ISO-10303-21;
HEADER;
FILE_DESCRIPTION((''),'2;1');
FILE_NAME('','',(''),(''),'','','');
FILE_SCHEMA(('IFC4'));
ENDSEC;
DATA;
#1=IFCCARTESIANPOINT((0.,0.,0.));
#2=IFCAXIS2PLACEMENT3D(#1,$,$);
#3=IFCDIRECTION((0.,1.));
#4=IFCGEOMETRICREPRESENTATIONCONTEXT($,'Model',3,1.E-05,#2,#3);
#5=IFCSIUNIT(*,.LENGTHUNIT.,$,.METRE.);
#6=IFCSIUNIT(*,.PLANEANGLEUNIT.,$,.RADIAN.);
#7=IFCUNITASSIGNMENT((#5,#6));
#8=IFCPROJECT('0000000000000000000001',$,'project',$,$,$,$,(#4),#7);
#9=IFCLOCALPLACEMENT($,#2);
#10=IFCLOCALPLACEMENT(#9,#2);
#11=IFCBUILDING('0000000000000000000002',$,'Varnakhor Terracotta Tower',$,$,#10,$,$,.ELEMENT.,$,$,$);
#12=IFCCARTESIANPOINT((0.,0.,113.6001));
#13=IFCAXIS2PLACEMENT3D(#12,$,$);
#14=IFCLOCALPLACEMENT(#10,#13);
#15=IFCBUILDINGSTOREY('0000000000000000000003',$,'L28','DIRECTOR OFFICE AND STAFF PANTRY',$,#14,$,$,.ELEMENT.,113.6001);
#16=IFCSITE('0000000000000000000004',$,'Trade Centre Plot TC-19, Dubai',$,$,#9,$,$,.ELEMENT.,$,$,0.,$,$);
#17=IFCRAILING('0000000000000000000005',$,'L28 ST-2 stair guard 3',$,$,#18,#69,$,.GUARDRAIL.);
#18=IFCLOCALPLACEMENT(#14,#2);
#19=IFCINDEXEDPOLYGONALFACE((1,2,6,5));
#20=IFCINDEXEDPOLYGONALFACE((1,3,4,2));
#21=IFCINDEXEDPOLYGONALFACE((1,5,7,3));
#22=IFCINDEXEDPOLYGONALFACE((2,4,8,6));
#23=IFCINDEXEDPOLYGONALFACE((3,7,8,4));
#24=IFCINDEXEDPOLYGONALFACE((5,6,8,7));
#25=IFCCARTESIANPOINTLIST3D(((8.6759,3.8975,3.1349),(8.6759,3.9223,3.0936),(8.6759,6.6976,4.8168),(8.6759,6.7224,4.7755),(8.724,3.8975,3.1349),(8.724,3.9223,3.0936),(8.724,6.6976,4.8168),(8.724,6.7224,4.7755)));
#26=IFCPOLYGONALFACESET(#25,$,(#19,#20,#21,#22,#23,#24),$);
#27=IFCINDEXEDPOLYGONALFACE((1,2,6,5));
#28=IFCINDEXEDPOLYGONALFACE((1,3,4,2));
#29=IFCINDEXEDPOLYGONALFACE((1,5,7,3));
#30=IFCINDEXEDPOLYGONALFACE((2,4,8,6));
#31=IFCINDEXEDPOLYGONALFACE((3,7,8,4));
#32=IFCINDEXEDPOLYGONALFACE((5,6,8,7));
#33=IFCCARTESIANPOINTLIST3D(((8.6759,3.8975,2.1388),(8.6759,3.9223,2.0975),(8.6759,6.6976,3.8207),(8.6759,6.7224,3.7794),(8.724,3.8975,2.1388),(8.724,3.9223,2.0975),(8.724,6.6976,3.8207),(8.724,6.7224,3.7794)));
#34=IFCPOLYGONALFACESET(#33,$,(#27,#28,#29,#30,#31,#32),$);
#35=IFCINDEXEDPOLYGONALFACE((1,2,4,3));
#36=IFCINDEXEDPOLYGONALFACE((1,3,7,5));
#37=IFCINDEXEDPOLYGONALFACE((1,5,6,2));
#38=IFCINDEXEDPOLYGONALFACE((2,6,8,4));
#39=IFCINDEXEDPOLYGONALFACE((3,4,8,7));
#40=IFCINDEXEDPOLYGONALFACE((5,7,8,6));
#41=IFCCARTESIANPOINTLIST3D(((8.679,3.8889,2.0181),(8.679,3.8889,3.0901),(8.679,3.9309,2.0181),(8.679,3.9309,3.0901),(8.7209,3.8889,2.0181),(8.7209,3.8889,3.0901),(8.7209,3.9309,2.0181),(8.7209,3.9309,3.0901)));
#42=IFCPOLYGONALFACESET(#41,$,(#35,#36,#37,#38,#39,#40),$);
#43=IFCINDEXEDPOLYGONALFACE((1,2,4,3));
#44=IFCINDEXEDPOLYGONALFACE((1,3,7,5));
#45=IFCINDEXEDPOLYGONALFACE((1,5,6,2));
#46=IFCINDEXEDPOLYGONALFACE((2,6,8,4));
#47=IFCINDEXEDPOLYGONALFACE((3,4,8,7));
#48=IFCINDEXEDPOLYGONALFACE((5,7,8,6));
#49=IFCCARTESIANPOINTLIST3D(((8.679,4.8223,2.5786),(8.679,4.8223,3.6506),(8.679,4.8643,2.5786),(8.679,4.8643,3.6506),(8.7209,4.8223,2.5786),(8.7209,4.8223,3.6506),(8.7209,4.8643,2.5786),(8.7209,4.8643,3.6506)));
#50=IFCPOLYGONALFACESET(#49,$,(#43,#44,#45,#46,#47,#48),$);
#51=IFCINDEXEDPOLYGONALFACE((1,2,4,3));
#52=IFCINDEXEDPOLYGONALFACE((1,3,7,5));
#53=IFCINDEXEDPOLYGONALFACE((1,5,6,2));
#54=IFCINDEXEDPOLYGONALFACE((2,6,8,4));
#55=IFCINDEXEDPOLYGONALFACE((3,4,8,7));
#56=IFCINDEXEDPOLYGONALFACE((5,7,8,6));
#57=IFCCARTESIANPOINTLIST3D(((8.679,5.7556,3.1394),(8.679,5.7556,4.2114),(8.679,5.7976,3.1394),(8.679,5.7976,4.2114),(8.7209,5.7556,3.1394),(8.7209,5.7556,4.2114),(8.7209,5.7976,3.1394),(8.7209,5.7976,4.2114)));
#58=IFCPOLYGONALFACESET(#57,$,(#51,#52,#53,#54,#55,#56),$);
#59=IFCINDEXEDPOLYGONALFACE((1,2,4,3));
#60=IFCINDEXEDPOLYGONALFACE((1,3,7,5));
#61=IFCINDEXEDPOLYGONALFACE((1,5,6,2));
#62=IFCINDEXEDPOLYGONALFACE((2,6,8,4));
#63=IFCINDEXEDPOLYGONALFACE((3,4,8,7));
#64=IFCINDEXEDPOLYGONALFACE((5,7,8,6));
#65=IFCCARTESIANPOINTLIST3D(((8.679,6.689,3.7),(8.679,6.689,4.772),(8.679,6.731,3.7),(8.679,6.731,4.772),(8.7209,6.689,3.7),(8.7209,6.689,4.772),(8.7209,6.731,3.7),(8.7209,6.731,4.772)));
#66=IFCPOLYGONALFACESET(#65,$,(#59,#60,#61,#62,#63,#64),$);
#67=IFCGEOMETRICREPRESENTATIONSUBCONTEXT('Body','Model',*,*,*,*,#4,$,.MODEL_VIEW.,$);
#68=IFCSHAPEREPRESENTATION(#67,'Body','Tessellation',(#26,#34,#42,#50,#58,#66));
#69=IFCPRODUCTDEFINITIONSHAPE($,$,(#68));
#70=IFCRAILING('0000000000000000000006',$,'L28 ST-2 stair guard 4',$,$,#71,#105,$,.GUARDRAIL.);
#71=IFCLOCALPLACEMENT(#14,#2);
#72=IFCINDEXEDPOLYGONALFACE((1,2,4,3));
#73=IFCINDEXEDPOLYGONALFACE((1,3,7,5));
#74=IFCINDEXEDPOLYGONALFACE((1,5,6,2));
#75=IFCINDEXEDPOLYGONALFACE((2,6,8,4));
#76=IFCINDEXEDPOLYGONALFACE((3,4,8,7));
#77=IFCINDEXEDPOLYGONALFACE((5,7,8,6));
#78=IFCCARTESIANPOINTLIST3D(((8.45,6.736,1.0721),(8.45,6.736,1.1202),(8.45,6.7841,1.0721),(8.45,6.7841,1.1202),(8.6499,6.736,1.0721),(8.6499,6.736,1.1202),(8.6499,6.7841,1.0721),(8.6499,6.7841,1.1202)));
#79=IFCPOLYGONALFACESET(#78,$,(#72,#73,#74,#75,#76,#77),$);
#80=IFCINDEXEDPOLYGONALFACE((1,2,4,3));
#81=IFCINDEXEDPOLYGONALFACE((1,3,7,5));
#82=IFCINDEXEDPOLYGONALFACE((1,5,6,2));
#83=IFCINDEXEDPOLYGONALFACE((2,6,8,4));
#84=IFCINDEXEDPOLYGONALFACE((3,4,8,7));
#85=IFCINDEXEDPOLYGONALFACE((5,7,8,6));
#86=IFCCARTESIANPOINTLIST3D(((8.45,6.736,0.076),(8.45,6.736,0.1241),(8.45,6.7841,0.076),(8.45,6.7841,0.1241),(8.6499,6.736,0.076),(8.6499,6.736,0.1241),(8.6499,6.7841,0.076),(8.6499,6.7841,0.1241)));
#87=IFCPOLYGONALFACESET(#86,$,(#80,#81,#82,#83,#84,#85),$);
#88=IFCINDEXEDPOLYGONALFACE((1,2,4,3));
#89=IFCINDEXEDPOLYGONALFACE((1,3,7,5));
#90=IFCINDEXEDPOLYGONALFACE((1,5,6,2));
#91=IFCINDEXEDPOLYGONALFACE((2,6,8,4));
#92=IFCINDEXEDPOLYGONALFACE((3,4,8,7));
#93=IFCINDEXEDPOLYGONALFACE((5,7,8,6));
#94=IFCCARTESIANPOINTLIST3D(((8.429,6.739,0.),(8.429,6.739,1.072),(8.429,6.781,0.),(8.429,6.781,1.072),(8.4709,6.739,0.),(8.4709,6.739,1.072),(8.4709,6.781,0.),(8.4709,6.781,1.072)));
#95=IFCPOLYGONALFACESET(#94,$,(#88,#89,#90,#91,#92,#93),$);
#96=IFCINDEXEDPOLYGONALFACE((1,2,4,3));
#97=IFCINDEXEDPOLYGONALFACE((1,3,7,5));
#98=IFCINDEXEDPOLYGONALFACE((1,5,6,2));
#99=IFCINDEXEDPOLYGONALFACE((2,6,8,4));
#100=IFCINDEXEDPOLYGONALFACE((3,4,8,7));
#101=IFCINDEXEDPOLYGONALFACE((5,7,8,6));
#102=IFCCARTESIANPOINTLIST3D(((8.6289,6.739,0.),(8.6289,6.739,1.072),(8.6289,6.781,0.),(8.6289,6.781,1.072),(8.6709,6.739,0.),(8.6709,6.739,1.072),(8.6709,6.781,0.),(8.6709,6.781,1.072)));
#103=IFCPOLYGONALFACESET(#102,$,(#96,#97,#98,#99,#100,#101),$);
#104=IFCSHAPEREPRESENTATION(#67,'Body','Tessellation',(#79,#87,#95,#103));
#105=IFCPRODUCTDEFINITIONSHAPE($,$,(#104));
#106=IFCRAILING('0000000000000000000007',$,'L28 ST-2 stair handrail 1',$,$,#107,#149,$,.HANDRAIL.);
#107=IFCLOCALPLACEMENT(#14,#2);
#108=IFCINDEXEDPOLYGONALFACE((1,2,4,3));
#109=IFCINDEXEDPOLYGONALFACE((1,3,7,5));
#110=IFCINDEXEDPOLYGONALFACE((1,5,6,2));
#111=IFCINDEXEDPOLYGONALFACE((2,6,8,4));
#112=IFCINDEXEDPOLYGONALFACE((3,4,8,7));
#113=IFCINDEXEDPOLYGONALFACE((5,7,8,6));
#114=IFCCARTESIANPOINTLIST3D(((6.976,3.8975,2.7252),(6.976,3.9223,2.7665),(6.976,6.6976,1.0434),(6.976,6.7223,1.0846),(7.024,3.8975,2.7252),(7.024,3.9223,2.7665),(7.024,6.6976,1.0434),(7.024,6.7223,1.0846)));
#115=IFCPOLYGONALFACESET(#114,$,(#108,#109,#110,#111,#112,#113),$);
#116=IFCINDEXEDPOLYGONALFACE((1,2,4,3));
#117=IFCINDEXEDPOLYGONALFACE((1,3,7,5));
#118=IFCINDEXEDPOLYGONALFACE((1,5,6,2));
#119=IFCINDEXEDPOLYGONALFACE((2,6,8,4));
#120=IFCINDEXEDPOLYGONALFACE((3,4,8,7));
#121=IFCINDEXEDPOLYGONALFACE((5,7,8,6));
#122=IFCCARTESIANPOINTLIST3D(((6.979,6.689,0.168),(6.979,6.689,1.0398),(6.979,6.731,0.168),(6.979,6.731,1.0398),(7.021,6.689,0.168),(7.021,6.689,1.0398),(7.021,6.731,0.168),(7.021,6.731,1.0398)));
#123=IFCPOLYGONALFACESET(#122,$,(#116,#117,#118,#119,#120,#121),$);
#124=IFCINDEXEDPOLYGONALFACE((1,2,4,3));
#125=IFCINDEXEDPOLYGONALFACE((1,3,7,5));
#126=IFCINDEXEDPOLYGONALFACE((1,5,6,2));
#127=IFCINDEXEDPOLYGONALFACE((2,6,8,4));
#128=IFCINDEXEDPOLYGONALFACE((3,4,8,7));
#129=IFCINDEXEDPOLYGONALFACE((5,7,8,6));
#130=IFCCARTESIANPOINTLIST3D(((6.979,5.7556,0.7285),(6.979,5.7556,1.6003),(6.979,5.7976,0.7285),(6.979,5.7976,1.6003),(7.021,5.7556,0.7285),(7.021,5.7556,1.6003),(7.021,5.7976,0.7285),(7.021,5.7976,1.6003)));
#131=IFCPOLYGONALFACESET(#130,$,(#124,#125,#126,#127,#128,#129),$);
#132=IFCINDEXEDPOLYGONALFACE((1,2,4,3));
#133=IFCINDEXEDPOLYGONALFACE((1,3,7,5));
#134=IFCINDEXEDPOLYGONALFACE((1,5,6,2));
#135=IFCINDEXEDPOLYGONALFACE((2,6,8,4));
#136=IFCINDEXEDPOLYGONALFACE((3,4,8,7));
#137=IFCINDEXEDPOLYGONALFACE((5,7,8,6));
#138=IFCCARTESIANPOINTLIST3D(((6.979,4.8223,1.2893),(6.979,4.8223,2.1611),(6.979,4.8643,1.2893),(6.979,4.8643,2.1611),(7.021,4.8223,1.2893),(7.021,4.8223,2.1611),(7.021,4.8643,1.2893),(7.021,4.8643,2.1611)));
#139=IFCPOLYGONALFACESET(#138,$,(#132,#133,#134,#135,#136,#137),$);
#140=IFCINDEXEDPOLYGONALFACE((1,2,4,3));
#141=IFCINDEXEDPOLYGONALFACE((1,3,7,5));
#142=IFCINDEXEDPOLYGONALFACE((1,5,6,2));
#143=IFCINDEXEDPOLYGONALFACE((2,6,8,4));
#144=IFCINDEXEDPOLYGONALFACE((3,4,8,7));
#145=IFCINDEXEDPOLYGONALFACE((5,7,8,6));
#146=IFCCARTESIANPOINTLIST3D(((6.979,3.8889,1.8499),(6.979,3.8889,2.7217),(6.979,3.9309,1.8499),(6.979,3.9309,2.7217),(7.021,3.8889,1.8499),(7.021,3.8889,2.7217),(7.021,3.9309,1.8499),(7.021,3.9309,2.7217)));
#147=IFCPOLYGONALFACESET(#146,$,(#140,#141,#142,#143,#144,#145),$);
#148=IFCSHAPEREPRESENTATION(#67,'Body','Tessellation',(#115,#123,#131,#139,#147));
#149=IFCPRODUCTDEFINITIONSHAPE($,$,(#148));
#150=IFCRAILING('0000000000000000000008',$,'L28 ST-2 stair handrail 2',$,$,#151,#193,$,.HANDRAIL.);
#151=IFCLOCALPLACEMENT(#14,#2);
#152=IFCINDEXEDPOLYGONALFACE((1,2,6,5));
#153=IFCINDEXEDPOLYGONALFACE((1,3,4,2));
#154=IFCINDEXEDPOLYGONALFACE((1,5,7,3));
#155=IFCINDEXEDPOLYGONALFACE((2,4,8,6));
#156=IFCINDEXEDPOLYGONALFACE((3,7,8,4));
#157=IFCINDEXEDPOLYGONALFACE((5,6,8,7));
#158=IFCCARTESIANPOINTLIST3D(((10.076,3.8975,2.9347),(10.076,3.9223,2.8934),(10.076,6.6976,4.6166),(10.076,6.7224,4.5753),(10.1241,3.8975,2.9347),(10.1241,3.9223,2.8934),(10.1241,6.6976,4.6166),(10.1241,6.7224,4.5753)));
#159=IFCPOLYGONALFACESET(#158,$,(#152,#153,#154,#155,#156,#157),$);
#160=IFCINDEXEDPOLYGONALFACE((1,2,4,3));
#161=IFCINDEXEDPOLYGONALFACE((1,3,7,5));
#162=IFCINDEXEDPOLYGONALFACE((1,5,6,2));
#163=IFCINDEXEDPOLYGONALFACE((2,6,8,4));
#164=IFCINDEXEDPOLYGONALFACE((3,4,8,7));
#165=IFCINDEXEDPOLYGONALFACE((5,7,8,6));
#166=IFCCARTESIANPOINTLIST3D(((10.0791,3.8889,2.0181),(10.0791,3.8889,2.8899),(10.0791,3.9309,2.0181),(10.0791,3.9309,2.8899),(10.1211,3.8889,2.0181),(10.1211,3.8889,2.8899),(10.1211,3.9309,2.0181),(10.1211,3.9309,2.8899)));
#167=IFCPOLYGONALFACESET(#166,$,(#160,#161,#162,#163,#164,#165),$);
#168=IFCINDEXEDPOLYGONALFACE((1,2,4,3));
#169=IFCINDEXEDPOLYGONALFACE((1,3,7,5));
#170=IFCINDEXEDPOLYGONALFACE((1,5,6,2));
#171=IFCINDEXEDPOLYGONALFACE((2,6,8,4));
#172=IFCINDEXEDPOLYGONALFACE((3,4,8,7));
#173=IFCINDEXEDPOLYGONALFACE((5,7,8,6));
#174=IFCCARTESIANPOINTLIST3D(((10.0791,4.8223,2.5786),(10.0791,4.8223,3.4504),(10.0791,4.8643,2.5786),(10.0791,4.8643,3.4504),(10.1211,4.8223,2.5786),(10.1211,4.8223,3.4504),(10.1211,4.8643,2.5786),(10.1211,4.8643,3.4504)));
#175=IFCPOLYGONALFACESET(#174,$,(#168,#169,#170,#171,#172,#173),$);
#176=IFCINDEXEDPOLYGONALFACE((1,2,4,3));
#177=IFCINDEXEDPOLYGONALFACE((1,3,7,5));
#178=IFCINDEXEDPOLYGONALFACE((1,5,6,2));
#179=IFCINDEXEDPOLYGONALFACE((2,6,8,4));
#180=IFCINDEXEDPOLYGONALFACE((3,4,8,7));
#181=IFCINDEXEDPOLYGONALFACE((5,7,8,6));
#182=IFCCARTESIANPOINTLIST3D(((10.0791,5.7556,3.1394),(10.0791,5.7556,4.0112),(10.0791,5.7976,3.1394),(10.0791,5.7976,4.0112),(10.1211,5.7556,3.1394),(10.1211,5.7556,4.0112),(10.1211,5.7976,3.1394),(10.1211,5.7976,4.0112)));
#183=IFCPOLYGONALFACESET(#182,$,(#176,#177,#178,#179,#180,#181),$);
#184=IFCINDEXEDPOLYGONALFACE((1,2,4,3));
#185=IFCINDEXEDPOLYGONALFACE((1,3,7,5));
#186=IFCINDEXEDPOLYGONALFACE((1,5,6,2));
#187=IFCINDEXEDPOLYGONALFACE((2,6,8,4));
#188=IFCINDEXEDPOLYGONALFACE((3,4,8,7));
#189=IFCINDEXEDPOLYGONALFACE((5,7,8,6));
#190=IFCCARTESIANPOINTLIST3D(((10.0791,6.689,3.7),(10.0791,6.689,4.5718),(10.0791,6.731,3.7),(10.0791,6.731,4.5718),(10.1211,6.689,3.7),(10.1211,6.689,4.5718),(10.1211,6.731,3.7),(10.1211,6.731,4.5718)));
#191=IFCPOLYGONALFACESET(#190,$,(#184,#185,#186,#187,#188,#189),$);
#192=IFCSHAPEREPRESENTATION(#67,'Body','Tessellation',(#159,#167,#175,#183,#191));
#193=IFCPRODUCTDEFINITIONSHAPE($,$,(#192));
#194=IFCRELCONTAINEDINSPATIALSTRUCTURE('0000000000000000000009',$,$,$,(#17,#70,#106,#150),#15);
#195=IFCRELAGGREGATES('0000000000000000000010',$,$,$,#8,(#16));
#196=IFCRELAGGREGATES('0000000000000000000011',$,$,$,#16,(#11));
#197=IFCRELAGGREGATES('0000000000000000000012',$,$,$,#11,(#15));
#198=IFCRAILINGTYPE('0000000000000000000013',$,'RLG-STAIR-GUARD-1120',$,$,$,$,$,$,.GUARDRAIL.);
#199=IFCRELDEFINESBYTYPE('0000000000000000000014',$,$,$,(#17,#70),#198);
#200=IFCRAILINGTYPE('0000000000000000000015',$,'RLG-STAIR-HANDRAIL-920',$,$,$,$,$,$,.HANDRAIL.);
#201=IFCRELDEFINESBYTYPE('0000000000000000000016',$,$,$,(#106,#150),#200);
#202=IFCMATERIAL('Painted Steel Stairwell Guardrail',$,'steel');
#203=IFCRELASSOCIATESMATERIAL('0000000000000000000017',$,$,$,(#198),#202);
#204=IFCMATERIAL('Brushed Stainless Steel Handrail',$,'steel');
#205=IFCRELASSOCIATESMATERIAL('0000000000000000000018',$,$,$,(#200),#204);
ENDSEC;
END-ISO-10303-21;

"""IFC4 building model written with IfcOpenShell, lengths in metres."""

from ifc_helpers import new_model, si_unit, direction, frame, origin, origin_2d, place, context, subcontext, project, spatial, rectangle, extrude, material, type_object, element, save


model = new_model("IFC4")

# Units and contexts
model_context = context("Model", 3, precision=1e-05, world=origin(), true_north=direction((0.0, 1.0)))
body_context = subcontext(model_context, "Body", "Model", "MODEL_VIEW")
ifc_project = project(units=[si_unit("LENGTHUNIT", "METRE"), si_unit("PLANEANGLEUNIT", "RADIAN")], contexts=[model_context])

# Site, building, storey
site_placement = place(None, origin())
site = spatial("IfcSite", under=ifc_project, at=site_placement, Name="Trade Centre Plot TC-19, Dubai", CompositionType="ELEMENT", RefElevation=0.0)
building_placement = place(site_placement, origin())
building = spatial("IfcBuilding", under=site, at=building_placement, Name="Varnakhor Terracotta Tower", CompositionType="ELEMENT")
storey_placement = place(building_placement, frame((0.0, 0.0, 113.6001)))
storey = spatial("IfcBuildingStorey", under=building, at=storey_placement, Name="L28", Description="DIRECTOR OFFICE AND STAFF PANTRY", CompositionType="ELEMENT", Elevation=113.6001)

# Railings
ifc_material_1 = material(Name="Painted Steel Stairwell Guardrail", Category="steel")
railing_type_1 = type_object("IfcRailingType", Name="RLG-STAIR-GUARD-1120", PredefinedType="GUARDRAIL", material=ifc_material_1)
railing_1_placement = place(storey_placement, frame((8.7, 3.9099, 2.0181)))
element("IfcRailing", 1, at=railing_1_placement, inside=storey, type_object=railing_type_1, Name="L28 ST-2 stair guard 3", PredefinedType="GUARDRAIL", context=body_context, shape_type="SweptSolid", body=[
    extrude(rectangle(XDim=0.0481, YDim=0.0481, at=origin_2d()), frame((0.0, 0.0, 1.0962), z_axis=(0.0, 0.857242, 0.514913), x_axis=(-1.0, 0.0, 0.0)), (0.0, 0.0, 1.0), 3.2664),
    extrude(rectangle(XDim=0.0481, YDim=0.0481, at=origin_2d()), frame((0.0, 0.0, 0.1001), z_axis=(0.0, 0.857242, 0.514913), x_axis=(-1.0, 0.0, 0.0)), (0.0, 0.0, 1.0), 3.2664),
    extrude(rectangle(XDim=0.042, YDim=0.042, at=origin_2d()), origin(), (0.0, 0.0, 1.0), 1.072),
    extrude(rectangle(XDim=0.042, YDim=0.042, at=origin_2d()), frame((0.0, 0.9333, 0.5605)), (0.0, 0.0, 1.0), 1.072),
    extrude(rectangle(XDim=0.042, YDim=0.042, at=origin_2d()), frame((0.0, 1.8667, 1.1213)), (0.0, 0.0, 1.0), 1.072),
    extrude(rectangle(XDim=0.042, YDim=0.042, at=origin_2d()), frame((0.0, 2.8, 1.6819)), (0.0, 0.0, 1.0), 1.072),
])
railing_2_placement = place(storey_placement, frame((8.45, 6.76, 0.0)))
element("IfcRailing", 2, at=railing_2_placement, inside=storey, type_object=railing_type_1, Name="L28 ST-2 stair guard 4", PredefinedType="GUARDRAIL", context=body_context, shape_type="SweptSolid", body=[
    extrude(rectangle(XDim=0.0481, YDim=0.0481, at=origin_2d()), frame((0.0, 0.0, 1.0962), z_axis=(1.0, 0.0, 0.0), x_axis=(0.0, 1.0, 0.0)), (0.0, 0.0, 1.0), 0.2),
    extrude(rectangle(XDim=0.0481, YDim=0.0481, at=origin_2d()), frame((0.0, 0.0, 0.1001), z_axis=(1.0, 0.0, 0.0), x_axis=(0.0, 1.0, 0.0)), (0.0, 0.0, 1.0), 0.2),
    extrude(rectangle(XDim=0.042, YDim=0.042, at=origin_2d()), origin(), (0.0, 0.0, 1.0), 1.072),
    extrude(rectangle(XDim=0.042, YDim=0.042, at=origin_2d()), frame((0.2, 0.0, 0.0)), (0.0, 0.0, 1.0), 1.072),
])
ifc_material_2 = material(Name="Brushed Stainless Steel Handrail", Category="steel")
railing_type_2 = type_object("IfcRailingType", Name="RLG-STAIR-HANDRAIL-920", PredefinedType="HANDRAIL", material=ifc_material_2)
railing_3_placement = place(storey_placement, frame((7.0, 6.71, 0.168)))
element("IfcRailing", 3, at=railing_3_placement, inside=storey, type_object=railing_type_2, Name="L28 ST-2 stair handrail 1", PredefinedType="HANDRAIL", context=body_context, shape_type="SweptSolid", body=[
    extrude(rectangle(XDim=0.0481, YDim=0.0481, at=origin_2d()), frame((0.0, 0.0, 0.896), z_axis=(0.0, -0.857242, 0.514913), x_axis=(1.0, 0.0, 0.0)), (0.0, 0.0, 1.0), 3.2664),
    extrude(rectangle(XDim=0.042, YDim=0.042, at=origin_2d()), origin(), (0.0, 0.0, 1.0), 0.8718),
    extrude(rectangle(XDim=0.042, YDim=0.042, at=origin_2d()), frame((0.0, -0.9333, 0.5605)), (0.0, 0.0, 1.0), 0.8718),
    extrude(rectangle(XDim=0.042, YDim=0.042, at=origin_2d()), frame((0.0, -1.8667, 1.1213)), (0.0, 0.0, 1.0), 0.8718),
    extrude(rectangle(XDim=0.042, YDim=0.042, at=origin_2d()), frame((0.0, -2.8, 1.6819)), (0.0, 0.0, 1.0), 0.8718),
])
railing_4_placement = place(storey_placement, frame((10.1001, 3.9099, 2.0181)))
element("IfcRailing", 4, at=railing_4_placement, inside=storey, type_object=railing_type_2, Name="L28 ST-2 stair handrail 2", PredefinedType="HANDRAIL", context=body_context, shape_type="SweptSolid", body=[
    extrude(rectangle(XDim=0.0481, YDim=0.0481, at=origin_2d()), frame((0.0, 0.0, 0.896), z_axis=(0.0, 0.857242, 0.514913), x_axis=(-1.0, 0.0, 0.0)), (0.0, 0.0, 1.0), 3.2664),
    extrude(rectangle(XDim=0.042, YDim=0.042, at=origin_2d()), origin(), (0.0, 0.0, 1.0), 0.8718),
    extrude(rectangle(XDim=0.042, YDim=0.042, at=origin_2d()), frame((0.0, 0.9333, 0.5605)), (0.0, 0.0, 1.0), 0.8718),
    extrude(rectangle(XDim=0.042, YDim=0.042, at=origin_2d()), frame((0.0, 1.8667, 1.1213)), (0.0, 0.0, 1.0), 0.8718),
    extrude(rectangle(XDim=0.042, YDim=0.042, at=origin_2d()), frame((0.0, 2.8, 1.6819)), (0.0, 0.0, 1.0), 0.8718),
])

save(model, "model.ifc")
